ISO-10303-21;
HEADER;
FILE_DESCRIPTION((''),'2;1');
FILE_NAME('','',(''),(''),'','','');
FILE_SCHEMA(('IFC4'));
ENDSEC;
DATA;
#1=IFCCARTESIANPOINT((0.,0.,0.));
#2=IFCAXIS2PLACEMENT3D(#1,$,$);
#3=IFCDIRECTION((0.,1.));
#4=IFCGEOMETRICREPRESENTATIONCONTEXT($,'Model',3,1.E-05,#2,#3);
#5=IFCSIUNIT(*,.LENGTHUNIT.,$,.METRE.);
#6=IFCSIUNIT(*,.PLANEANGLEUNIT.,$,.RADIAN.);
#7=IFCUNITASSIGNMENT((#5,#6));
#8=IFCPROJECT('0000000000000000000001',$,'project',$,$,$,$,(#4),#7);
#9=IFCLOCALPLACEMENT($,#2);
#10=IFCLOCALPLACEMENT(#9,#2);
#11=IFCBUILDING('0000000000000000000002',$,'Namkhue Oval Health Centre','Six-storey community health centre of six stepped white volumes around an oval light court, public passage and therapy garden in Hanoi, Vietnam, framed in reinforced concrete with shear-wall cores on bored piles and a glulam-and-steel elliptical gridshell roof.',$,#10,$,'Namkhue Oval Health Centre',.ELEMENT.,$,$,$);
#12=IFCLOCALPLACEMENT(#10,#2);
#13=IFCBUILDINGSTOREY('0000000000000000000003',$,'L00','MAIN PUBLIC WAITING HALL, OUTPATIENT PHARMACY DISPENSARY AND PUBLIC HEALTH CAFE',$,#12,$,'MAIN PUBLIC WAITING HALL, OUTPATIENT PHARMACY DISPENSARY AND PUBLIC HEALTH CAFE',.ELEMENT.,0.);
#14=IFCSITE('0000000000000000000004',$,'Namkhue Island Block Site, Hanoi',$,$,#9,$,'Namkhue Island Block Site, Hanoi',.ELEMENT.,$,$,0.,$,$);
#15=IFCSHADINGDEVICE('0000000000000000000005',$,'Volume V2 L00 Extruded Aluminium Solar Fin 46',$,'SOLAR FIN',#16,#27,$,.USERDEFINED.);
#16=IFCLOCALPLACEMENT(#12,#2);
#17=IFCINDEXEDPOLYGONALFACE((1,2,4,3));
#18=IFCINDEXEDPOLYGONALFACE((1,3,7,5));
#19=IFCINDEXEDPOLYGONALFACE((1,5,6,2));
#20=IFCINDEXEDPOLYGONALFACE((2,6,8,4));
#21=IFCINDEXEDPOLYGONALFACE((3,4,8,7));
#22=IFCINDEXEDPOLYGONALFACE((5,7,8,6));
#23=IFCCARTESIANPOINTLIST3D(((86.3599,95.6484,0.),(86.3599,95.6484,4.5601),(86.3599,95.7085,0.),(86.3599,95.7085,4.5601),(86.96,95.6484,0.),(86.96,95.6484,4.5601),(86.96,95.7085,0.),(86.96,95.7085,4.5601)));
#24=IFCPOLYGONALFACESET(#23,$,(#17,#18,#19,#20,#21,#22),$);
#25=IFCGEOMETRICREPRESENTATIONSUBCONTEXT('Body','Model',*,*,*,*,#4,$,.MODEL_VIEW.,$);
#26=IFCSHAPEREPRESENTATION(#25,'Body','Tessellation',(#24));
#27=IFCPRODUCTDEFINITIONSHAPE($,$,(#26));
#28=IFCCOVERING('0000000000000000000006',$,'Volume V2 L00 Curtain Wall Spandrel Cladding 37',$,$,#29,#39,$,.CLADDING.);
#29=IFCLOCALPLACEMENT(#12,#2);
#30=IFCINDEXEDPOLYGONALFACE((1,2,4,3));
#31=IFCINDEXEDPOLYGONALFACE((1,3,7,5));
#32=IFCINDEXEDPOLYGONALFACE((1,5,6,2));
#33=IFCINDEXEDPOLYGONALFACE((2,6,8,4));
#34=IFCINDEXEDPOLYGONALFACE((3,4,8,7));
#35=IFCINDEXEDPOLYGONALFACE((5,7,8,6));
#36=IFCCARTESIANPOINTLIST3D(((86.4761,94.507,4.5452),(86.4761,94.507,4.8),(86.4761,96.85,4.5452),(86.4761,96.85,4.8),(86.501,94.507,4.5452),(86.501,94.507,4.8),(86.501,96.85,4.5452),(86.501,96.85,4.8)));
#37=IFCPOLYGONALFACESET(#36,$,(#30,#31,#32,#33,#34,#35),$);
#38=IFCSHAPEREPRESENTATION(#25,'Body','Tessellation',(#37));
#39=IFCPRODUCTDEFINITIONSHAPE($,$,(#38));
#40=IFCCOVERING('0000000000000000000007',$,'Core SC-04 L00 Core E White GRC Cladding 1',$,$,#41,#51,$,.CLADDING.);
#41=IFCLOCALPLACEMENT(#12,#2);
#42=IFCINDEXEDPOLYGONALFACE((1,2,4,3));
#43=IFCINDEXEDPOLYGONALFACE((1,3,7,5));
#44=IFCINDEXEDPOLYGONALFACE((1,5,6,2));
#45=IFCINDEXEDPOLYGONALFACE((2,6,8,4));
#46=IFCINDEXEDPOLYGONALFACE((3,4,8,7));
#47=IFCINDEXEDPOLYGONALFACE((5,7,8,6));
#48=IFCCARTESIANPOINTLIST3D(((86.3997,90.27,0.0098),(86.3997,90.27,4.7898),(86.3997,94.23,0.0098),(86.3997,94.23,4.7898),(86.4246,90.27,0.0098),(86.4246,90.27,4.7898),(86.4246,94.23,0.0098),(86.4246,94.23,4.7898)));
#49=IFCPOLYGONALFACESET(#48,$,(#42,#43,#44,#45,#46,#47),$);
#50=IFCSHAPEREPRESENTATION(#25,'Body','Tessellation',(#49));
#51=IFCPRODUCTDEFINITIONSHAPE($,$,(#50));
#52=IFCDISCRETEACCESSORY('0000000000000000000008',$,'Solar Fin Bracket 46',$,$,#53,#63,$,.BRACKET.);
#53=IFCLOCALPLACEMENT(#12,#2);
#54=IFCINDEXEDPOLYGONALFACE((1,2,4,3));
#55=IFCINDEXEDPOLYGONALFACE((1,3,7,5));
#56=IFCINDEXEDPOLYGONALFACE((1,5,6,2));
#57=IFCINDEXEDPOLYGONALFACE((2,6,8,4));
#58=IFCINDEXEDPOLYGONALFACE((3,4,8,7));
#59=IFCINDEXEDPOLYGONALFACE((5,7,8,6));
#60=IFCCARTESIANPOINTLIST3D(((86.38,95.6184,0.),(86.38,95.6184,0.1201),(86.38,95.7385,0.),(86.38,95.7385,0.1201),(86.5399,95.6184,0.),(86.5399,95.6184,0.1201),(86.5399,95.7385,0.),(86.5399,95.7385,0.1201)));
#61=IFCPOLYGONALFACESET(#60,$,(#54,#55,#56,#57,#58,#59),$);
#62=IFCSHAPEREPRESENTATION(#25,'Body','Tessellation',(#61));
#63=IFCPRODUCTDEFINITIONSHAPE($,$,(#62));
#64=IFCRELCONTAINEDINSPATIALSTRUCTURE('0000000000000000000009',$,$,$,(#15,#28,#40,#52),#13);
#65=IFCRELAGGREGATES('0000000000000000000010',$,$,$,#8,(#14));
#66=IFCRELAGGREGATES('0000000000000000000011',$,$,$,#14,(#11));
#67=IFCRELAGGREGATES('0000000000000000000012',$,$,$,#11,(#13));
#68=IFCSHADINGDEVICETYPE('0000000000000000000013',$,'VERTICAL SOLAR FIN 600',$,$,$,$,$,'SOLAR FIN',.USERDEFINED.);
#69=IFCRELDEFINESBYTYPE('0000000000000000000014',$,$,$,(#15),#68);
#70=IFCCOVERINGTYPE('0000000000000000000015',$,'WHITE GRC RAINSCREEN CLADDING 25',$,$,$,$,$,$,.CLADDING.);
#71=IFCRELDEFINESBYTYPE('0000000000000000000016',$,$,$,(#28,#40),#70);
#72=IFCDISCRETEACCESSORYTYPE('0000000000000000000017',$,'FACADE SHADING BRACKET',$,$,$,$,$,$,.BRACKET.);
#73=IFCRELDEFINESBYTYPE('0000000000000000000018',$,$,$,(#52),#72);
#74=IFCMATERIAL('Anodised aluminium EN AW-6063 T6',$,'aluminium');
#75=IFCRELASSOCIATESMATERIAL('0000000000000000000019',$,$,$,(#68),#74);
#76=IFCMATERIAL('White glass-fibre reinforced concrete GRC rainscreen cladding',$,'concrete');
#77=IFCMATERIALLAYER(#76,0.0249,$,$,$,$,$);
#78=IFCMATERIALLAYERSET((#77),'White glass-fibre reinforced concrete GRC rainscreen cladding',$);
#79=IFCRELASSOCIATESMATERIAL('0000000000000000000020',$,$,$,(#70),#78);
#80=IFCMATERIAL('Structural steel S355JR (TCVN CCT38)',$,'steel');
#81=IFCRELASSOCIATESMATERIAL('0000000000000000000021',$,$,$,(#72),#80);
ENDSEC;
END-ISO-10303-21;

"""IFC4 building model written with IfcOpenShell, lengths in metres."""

from ifc_helpers import new_model, si_unit, direction, frame, origin, origin_2d, place, context, subcontext, project, spatial, rectangle, extrude, material, layer, layer_set, type_object, element, save


model = new_model("IFC4")

# Units and contexts
model_context = context("Model", 3, precision=1e-05, world=origin(), true_north=direction((0.0, 1.0)))
body_context = subcontext(model_context, "Body", "Model", "MODEL_VIEW")
ifc_project = project(units=[si_unit("LENGTHUNIT", "METRE"), si_unit("PLANEANGLEUNIT", "RADIAN")], contexts=[model_context])

# Site, building, storey
site_placement = place(None, origin())
site = spatial("IfcSite", under=ifc_project, at=site_placement, Name="Namkhue Island Block Site, Hanoi", LongName="Namkhue Island Block Site, Hanoi", CompositionType="ELEMENT", RefElevation=0.0)
building_placement = place(site_placement, origin())
building = spatial("IfcBuilding", under=site, at=building_placement, Name="Namkhue Oval Health Centre", Description="Six-storey community health centre of six stepped white volumes around an oval light court, public passage and therapy garden in Hanoi, Vietnam, framed in reinforced concrete with shear-wall cores on bored piles and a glulam-and-steel elliptical gridshell roof.", LongName="Namkhue Oval Health Centre", CompositionType="ELEMENT")
storey_placement = place(building_placement, origin())
storey = spatial("IfcBuildingStorey", under=building, at=storey_placement, Name="L00", Description="MAIN PUBLIC WAITING HALL, OUTPATIENT PHARMACY DISPENSARY AND PUBLIC HEALTH CAFE", LongName="MAIN PUBLIC WAITING HALL, OUTPATIENT PHARMACY DISPENSARY AND PUBLIC HEALTH CAFE", CompositionType="ELEMENT", Elevation=0.0)

# Shared definitions
ifc_material_1 = material(Name="Anodised aluminium EN AW-6063 T6", Category="aluminium")

# Shading device
shading_device_type = type_object("IfcShadingDeviceType", Name="VERTICAL SOLAR FIN 600", ElementType="SOLAR FIN", PredefinedType="USERDEFINED", material=ifc_material_1)
shading_device_placement = place(storey_placement, frame((86.6599, 95.6785, 0.0), z_axis=(0.0, 0.0, 1.0), x_axis=(1.0, 0.0, 0.0)))
element("IfcShadingDevice", 1, at=shading_device_placement, inside=storey, type_object=shading_device_type, Name="Volume V2 L00 Extruded Aluminium Solar Fin 46", ObjectType="SOLAR FIN", PredefinedType="USERDEFINED", context=body_context, shape_type="SweptSolid", body=[
    extrude(rectangle(XDim=0.6001, YDim=0.0601, at=origin_2d()), origin(), (0.0, 0.0, 1.0), 4.5601),
])

# Coverings
ifc_material_2 = material(Name="White glass-fibre reinforced concrete GRC rainscreen cladding", Category="concrete")
ifc_layer_1 = layer(ifc_material_2, 0.0249)
ifc_layer_set_1 = layer_set([ifc_layer_1], Name="White glass-fibre reinforced concrete GRC rainscreen cladding")
covering_type = type_object("IfcCoveringType", Name="WHITE GRC RAINSCREEN CLADDING 25", PredefinedType="CLADDING", material=ifc_layer_set_1)
covering_1_placement = place(storey_placement, frame((86.4885, 95.6785, 4.5452), z_axis=(0.0, 0.0, 1.0), x_axis=(0.0, 1.0, 0.0)))
element("IfcCovering", 2, at=covering_1_placement, inside=storey, type_object=covering_type, Name="Volume V2 L00 Curtain Wall Spandrel Cladding 37", PredefinedType="CLADDING", context=body_context, shape_type="SweptSolid", body=[
    extrude(rectangle(XDim=2.343, YDim=0.0249, at=origin_2d()), origin(), (0.0, 0.0, 1.0), 0.2549),
])
covering_2_placement = place(storey_placement, frame((86.4121, 92.25, 0.0098), z_axis=(0.0, 0.0, 1.0), x_axis=(0.0, 1.0, 0.0)))
element("IfcCovering", 3, at=covering_2_placement, inside=storey, type_object=covering_type, Name="Core SC-04 L00 Core E White GRC Cladding 1", PredefinedType="CLADDING", context=body_context, shape_type="SweptSolid", body=[
    extrude(rectangle(XDim=3.96, YDim=0.0249, at=origin_2d()), origin(), (0.0, 0.0, 1.0), 4.78),
])

# Discrete accessory
ifc_material_3 = material(Name="Structural steel S355JR (TCVN CCT38)", Category="steel")
discrete_accessory_type = type_object("IfcDiscreteAccessoryType", Name="FACADE SHADING BRACKET", PredefinedType="BRACKET", material=ifc_material_3)
discrete_accessory_placement = place(storey_placement, frame((86.46, 95.6785, 0.0), z_axis=(0.0, 0.0, 1.0), x_axis=(1.0, 0.0, 0.0)))
element("IfcDiscreteAccessory", 4, at=discrete_accessory_placement, inside=storey, type_object=discrete_accessory_type, Name="Solar Fin Bracket 46", PredefinedType="BRACKET", context=body_context, shape_type="SweptSolid", body=[
    extrude(rectangle(XDim=0.1599, YDim=0.1201, at=origin_2d()), origin(), (0.0, 0.0, 1.0), 0.1201),
])

save(model, "model.ifc")
